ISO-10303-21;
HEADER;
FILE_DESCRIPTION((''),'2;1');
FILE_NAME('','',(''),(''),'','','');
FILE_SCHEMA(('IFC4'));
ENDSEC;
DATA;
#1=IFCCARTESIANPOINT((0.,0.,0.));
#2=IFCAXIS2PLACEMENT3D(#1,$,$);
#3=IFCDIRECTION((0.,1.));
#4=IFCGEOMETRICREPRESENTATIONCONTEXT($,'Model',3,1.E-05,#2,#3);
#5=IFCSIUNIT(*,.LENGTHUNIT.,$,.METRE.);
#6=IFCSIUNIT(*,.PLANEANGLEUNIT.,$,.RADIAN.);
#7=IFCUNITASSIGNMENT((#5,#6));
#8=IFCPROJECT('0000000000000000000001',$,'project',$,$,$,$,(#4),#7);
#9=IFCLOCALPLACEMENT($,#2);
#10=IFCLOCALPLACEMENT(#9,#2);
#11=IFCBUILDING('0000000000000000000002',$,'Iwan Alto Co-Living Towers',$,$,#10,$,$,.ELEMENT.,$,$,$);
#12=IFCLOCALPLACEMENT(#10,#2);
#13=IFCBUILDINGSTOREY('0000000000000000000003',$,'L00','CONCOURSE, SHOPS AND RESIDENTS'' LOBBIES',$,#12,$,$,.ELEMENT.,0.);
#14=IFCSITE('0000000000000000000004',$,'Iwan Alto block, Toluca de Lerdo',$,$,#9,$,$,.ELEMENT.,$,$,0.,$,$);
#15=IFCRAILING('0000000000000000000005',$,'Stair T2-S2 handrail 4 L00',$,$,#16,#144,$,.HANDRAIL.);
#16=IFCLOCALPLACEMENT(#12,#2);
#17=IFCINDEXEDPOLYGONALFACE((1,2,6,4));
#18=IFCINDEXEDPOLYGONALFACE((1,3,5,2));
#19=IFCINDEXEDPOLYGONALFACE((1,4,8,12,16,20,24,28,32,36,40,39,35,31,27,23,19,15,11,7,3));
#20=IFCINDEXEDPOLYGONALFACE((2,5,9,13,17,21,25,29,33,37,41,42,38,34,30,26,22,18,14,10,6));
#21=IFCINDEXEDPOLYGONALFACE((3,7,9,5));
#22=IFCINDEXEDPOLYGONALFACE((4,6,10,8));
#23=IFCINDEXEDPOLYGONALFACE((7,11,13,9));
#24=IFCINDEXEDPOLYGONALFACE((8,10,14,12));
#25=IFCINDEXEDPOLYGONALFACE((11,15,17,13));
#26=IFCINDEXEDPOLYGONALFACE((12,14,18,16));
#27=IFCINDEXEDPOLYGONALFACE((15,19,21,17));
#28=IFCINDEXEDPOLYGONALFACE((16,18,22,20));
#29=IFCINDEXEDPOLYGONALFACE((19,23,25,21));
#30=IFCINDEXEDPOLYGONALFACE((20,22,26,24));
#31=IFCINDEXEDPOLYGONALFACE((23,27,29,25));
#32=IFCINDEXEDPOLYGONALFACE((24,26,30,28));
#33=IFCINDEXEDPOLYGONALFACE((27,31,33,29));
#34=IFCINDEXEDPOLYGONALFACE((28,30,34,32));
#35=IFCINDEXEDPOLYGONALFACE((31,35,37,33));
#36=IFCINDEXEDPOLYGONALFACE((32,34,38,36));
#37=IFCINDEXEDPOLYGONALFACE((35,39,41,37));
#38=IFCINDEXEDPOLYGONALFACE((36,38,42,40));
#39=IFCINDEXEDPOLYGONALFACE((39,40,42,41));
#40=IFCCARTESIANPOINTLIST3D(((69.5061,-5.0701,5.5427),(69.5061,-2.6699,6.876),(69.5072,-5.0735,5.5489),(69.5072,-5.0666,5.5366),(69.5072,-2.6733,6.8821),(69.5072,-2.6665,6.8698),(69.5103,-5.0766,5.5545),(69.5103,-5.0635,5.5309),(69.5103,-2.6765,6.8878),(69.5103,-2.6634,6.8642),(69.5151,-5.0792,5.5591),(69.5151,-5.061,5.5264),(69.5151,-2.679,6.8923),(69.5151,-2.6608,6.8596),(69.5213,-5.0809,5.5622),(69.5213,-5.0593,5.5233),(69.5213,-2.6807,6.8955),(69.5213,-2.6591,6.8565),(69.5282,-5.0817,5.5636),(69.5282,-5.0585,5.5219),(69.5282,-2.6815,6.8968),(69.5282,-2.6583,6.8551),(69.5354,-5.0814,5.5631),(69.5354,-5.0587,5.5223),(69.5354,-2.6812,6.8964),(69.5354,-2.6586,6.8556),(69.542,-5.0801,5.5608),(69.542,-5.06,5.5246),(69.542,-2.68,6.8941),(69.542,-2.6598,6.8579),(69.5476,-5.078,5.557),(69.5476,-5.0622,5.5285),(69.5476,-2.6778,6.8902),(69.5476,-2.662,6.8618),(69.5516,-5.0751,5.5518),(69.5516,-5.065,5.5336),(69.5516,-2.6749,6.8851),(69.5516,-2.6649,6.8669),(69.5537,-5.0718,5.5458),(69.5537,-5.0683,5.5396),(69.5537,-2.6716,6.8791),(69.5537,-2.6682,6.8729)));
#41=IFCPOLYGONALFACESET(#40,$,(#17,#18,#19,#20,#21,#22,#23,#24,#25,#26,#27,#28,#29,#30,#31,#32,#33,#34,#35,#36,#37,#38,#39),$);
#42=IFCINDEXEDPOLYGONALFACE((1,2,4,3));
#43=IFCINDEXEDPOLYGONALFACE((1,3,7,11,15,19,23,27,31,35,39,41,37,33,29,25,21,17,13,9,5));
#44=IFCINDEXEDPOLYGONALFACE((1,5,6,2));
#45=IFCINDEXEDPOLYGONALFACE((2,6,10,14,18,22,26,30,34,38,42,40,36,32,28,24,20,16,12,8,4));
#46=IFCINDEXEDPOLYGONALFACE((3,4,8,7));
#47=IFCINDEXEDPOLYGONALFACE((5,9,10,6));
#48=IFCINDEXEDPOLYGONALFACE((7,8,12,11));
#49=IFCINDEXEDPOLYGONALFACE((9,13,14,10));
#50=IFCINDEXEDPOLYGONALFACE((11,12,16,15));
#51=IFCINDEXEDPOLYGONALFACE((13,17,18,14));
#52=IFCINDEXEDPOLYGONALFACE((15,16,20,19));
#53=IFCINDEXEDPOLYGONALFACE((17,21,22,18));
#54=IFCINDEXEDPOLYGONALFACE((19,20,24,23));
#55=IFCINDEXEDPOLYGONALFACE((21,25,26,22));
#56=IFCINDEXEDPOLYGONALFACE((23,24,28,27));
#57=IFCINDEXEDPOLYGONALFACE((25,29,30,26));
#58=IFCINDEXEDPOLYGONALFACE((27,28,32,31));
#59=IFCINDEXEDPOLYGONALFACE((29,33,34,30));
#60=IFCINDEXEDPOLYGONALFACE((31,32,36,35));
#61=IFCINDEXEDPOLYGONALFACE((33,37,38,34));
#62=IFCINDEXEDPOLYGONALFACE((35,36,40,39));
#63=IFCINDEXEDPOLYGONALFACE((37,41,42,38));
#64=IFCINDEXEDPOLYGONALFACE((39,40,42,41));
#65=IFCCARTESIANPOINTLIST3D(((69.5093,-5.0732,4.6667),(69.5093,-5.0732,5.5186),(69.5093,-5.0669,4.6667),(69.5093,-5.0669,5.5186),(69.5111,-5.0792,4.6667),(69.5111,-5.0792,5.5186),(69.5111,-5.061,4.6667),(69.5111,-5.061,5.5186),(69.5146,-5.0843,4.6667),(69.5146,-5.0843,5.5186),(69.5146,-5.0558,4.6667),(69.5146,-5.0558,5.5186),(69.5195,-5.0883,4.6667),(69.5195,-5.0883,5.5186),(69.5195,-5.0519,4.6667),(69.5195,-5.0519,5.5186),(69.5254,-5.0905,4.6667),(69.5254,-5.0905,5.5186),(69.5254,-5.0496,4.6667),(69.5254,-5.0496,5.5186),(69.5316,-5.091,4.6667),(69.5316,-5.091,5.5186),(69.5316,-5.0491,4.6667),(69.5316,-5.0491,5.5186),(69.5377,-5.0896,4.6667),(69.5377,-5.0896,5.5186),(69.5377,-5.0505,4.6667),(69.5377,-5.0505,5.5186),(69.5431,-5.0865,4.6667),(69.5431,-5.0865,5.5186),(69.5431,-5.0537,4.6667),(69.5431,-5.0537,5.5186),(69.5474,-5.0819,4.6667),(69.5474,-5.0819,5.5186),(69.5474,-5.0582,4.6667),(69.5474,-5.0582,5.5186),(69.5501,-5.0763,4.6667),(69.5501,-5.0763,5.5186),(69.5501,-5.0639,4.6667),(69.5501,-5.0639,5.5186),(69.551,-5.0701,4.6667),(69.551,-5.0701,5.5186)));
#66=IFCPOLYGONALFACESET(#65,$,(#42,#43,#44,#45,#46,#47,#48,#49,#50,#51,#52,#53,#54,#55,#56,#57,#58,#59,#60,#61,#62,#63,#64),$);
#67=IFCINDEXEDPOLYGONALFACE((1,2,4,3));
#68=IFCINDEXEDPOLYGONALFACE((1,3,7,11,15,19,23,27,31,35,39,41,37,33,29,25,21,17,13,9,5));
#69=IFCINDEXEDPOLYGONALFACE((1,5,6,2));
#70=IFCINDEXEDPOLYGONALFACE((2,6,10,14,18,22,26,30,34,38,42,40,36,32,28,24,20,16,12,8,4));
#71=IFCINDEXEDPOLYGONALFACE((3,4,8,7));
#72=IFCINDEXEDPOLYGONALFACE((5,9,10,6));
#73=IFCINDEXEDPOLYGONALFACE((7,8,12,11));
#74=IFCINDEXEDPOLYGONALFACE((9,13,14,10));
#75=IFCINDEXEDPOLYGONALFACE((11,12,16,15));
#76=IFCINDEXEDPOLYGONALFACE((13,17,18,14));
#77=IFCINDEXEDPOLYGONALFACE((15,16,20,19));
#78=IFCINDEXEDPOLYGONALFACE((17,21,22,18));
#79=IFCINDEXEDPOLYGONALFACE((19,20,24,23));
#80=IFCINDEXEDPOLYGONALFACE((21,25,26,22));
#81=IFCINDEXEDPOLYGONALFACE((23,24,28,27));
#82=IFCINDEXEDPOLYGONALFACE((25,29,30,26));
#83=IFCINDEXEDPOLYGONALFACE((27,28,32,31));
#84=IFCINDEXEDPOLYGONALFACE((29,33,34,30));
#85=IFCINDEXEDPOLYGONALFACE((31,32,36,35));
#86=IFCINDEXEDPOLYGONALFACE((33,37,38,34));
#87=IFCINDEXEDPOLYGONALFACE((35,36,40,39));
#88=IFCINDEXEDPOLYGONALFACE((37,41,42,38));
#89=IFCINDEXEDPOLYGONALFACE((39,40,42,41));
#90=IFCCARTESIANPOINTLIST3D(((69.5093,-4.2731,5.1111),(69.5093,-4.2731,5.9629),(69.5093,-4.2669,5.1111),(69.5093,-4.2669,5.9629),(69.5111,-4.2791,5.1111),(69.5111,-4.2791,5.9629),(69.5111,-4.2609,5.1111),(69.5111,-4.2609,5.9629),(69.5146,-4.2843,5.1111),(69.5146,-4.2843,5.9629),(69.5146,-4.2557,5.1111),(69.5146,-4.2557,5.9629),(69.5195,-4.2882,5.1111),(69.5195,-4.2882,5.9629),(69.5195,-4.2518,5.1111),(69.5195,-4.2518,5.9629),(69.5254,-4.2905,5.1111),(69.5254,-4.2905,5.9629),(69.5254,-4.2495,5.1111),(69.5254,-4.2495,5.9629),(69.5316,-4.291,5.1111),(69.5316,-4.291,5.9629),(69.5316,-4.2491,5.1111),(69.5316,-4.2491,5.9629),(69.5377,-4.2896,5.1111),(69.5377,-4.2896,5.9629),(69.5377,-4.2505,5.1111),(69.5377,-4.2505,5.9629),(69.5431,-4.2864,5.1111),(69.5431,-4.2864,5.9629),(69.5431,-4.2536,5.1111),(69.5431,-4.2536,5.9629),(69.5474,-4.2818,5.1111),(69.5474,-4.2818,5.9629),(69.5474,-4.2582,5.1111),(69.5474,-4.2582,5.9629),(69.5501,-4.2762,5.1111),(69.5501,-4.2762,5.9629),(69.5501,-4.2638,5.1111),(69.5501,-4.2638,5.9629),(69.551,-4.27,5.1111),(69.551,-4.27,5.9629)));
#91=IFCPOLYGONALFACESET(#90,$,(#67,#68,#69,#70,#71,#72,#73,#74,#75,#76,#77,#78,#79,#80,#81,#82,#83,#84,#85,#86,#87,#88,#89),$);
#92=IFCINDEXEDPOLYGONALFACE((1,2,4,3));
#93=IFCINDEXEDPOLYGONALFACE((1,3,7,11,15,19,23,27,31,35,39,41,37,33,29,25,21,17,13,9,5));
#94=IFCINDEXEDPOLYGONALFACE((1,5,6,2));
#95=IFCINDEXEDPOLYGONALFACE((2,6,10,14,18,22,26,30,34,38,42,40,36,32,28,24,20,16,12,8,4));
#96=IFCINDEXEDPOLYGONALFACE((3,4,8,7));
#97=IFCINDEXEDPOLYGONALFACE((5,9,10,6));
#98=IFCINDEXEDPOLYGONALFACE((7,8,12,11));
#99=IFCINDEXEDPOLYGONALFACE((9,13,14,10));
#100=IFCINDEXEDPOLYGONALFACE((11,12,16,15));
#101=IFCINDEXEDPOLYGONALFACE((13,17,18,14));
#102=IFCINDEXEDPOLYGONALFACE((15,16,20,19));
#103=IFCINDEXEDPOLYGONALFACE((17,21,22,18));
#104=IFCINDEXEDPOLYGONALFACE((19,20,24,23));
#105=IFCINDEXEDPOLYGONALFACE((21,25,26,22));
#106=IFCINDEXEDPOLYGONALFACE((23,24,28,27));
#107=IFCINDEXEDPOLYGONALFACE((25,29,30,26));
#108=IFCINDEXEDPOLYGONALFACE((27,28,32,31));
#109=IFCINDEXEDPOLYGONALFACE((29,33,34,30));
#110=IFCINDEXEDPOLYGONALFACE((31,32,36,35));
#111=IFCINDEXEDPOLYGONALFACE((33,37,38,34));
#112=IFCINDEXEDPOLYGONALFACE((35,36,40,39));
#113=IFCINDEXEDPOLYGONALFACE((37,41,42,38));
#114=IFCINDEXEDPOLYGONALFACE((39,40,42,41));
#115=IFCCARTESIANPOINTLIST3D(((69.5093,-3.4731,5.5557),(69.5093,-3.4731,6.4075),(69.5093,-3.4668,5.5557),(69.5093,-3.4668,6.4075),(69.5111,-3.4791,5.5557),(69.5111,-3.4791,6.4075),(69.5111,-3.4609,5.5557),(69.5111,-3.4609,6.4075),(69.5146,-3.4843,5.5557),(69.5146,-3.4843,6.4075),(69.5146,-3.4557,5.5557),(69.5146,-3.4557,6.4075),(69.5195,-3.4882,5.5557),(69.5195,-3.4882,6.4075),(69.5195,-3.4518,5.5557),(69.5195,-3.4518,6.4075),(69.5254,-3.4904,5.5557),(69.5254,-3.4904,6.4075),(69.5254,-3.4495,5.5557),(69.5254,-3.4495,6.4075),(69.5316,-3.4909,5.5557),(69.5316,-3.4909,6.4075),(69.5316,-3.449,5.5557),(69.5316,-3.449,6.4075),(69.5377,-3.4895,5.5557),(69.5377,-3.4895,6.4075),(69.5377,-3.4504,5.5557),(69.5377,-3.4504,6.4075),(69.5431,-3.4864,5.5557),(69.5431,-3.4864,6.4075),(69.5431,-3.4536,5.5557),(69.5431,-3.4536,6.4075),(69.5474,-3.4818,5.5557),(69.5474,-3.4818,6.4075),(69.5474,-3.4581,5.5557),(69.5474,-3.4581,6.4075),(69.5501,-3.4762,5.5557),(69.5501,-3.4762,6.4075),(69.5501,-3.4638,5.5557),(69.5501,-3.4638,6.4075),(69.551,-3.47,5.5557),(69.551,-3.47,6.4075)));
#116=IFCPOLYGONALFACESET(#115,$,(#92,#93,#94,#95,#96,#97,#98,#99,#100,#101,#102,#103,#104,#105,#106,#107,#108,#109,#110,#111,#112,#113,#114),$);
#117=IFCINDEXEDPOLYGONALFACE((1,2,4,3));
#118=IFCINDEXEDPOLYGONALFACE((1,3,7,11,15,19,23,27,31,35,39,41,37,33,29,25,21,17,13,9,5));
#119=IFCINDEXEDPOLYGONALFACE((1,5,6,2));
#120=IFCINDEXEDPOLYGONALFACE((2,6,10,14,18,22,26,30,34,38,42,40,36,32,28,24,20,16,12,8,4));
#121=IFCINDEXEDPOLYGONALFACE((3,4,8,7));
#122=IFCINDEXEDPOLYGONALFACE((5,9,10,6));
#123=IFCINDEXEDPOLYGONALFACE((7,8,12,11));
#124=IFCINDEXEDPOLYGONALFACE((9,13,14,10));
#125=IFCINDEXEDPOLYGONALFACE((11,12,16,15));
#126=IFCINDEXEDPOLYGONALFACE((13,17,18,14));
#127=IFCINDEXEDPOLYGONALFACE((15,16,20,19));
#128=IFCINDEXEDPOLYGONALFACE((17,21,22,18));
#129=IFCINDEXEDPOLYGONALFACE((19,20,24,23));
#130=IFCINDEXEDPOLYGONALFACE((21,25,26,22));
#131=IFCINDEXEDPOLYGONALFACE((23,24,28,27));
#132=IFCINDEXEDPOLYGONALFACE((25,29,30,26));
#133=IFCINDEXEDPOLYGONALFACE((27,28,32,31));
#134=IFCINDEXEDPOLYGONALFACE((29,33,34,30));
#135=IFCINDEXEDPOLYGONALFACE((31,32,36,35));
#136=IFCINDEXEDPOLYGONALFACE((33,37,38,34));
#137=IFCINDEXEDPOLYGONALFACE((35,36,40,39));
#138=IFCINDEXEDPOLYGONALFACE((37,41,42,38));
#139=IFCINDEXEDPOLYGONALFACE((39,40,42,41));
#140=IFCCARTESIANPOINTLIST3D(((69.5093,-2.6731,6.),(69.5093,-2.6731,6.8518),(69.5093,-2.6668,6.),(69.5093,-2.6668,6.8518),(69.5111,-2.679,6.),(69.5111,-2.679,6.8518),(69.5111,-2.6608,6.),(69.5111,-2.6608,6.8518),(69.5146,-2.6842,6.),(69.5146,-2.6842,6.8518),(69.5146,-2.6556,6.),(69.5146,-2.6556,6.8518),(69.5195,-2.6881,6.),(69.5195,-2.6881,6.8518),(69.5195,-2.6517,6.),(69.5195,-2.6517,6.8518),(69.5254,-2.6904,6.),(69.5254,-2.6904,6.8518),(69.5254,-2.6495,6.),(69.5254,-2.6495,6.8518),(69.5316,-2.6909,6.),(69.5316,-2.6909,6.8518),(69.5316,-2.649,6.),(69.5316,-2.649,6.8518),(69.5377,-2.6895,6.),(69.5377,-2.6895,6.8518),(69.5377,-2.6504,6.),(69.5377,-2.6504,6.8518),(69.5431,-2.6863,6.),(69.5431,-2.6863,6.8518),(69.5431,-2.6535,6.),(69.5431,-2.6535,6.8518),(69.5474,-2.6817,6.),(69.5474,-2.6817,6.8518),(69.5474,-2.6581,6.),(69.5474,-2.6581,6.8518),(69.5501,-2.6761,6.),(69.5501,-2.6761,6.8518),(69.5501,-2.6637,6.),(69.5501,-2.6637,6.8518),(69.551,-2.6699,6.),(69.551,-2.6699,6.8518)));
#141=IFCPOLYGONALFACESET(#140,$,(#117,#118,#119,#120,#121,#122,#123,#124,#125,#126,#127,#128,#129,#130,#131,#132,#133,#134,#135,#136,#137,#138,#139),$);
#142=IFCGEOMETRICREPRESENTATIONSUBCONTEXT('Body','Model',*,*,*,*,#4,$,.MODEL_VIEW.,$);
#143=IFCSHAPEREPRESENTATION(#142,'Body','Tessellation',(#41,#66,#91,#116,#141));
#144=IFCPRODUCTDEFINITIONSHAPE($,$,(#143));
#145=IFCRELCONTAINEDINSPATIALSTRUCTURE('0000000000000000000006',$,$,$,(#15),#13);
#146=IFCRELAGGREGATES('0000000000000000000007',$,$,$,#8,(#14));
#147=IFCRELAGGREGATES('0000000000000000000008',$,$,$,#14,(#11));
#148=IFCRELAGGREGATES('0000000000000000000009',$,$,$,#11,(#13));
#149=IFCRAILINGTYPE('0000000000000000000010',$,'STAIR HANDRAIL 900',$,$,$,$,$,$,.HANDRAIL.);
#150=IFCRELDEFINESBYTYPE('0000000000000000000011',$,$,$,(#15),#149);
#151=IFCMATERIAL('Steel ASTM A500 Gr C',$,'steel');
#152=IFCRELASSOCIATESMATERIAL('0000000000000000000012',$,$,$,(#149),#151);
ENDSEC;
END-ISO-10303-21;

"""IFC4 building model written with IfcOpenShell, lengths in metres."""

from ifc_helpers import new_model, si_unit, direction, frame, origin, origin_2d, place, context, subcontext, project, spatial, circle, extrude, material, type_object, element, save


model = new_model("IFC4")

# Units and contexts
model_context = context("Model", 3, precision=1e-05, world=origin(), true_north=direction((0.0, 1.0)))
body_context = subcontext(model_context, "Body", "Model", "MODEL_VIEW")
ifc_project = project(units=[si_unit("LENGTHUNIT", "METRE"), si_unit("PLANEANGLEUNIT", "RADIAN")], contexts=[model_context])

# Site, building, storey
site_placement = place(None, origin())
site = spatial("IfcSite", under=ifc_project, at=site_placement, Name="Iwan Alto block, Toluca de Lerdo", CompositionType="ELEMENT", RefElevation=0.0)
building_placement = place(site_placement, origin())
building = spatial("IfcBuilding", under=site, at=building_placement, Name="Iwan Alto Co-Living Towers", CompositionType="ELEMENT")
storey_placement = place(building_placement, origin())
storey = spatial("IfcBuildingStorey", under=building, at=storey_placement, Name="L00", Description="CONCOURSE, SHOPS AND RESIDENTS' LOBBIES", CompositionType="ELEMENT", Elevation=0.0)

# Railing
ifc_material_1 = material(Name="Steel ASTM A500 Gr C", Category="steel")
railing_type_1 = type_object("IfcRailingType", Name="STAIR HANDRAIL 900", PredefinedType="HANDRAIL", material=ifc_material_1)
railing_1_placement = place(storey_placement, frame((69.53, -5.0701, 4.6667)))
element("IfcRailing", 1, at=railing_1_placement, inside=storey, type_object=railing_type_1, Name="Stair T2-S2 handrail 4 L00", PredefinedType="HANDRAIL", context=body_context, shape_type="SweptSolid", body=[
    extrude(circle(Radius=0.0239, at=origin_2d()), frame((0.0, 0.0, 0.876), z_axis=(0.0, 0.874182, 0.485598), x_axis=(-1.0, 0.0, 0.0)), (0.0, 0.0, 1.0), 2.7456),
    extrude(circle(Radius=0.021, at=origin_2d()), origin(), (0.0, 0.0, 1.0), 0.8518),
    extrude(circle(Radius=0.021, at=origin_2d()), frame((0.0, 0.8, 0.4443)), (0.0, 0.0, 1.0), 0.8518),
    extrude(circle(Radius=0.021, at=origin_2d()), frame((0.0, 1.6001, 0.8889)), (0.0, 0.0, 1.0), 0.8518),
    extrude(circle(Radius=0.021, at=origin_2d()), frame((0.0, 2.4001, 1.3333)), (0.0, 0.0, 1.0), 0.8518),
])

save(model, "model.ifc")
